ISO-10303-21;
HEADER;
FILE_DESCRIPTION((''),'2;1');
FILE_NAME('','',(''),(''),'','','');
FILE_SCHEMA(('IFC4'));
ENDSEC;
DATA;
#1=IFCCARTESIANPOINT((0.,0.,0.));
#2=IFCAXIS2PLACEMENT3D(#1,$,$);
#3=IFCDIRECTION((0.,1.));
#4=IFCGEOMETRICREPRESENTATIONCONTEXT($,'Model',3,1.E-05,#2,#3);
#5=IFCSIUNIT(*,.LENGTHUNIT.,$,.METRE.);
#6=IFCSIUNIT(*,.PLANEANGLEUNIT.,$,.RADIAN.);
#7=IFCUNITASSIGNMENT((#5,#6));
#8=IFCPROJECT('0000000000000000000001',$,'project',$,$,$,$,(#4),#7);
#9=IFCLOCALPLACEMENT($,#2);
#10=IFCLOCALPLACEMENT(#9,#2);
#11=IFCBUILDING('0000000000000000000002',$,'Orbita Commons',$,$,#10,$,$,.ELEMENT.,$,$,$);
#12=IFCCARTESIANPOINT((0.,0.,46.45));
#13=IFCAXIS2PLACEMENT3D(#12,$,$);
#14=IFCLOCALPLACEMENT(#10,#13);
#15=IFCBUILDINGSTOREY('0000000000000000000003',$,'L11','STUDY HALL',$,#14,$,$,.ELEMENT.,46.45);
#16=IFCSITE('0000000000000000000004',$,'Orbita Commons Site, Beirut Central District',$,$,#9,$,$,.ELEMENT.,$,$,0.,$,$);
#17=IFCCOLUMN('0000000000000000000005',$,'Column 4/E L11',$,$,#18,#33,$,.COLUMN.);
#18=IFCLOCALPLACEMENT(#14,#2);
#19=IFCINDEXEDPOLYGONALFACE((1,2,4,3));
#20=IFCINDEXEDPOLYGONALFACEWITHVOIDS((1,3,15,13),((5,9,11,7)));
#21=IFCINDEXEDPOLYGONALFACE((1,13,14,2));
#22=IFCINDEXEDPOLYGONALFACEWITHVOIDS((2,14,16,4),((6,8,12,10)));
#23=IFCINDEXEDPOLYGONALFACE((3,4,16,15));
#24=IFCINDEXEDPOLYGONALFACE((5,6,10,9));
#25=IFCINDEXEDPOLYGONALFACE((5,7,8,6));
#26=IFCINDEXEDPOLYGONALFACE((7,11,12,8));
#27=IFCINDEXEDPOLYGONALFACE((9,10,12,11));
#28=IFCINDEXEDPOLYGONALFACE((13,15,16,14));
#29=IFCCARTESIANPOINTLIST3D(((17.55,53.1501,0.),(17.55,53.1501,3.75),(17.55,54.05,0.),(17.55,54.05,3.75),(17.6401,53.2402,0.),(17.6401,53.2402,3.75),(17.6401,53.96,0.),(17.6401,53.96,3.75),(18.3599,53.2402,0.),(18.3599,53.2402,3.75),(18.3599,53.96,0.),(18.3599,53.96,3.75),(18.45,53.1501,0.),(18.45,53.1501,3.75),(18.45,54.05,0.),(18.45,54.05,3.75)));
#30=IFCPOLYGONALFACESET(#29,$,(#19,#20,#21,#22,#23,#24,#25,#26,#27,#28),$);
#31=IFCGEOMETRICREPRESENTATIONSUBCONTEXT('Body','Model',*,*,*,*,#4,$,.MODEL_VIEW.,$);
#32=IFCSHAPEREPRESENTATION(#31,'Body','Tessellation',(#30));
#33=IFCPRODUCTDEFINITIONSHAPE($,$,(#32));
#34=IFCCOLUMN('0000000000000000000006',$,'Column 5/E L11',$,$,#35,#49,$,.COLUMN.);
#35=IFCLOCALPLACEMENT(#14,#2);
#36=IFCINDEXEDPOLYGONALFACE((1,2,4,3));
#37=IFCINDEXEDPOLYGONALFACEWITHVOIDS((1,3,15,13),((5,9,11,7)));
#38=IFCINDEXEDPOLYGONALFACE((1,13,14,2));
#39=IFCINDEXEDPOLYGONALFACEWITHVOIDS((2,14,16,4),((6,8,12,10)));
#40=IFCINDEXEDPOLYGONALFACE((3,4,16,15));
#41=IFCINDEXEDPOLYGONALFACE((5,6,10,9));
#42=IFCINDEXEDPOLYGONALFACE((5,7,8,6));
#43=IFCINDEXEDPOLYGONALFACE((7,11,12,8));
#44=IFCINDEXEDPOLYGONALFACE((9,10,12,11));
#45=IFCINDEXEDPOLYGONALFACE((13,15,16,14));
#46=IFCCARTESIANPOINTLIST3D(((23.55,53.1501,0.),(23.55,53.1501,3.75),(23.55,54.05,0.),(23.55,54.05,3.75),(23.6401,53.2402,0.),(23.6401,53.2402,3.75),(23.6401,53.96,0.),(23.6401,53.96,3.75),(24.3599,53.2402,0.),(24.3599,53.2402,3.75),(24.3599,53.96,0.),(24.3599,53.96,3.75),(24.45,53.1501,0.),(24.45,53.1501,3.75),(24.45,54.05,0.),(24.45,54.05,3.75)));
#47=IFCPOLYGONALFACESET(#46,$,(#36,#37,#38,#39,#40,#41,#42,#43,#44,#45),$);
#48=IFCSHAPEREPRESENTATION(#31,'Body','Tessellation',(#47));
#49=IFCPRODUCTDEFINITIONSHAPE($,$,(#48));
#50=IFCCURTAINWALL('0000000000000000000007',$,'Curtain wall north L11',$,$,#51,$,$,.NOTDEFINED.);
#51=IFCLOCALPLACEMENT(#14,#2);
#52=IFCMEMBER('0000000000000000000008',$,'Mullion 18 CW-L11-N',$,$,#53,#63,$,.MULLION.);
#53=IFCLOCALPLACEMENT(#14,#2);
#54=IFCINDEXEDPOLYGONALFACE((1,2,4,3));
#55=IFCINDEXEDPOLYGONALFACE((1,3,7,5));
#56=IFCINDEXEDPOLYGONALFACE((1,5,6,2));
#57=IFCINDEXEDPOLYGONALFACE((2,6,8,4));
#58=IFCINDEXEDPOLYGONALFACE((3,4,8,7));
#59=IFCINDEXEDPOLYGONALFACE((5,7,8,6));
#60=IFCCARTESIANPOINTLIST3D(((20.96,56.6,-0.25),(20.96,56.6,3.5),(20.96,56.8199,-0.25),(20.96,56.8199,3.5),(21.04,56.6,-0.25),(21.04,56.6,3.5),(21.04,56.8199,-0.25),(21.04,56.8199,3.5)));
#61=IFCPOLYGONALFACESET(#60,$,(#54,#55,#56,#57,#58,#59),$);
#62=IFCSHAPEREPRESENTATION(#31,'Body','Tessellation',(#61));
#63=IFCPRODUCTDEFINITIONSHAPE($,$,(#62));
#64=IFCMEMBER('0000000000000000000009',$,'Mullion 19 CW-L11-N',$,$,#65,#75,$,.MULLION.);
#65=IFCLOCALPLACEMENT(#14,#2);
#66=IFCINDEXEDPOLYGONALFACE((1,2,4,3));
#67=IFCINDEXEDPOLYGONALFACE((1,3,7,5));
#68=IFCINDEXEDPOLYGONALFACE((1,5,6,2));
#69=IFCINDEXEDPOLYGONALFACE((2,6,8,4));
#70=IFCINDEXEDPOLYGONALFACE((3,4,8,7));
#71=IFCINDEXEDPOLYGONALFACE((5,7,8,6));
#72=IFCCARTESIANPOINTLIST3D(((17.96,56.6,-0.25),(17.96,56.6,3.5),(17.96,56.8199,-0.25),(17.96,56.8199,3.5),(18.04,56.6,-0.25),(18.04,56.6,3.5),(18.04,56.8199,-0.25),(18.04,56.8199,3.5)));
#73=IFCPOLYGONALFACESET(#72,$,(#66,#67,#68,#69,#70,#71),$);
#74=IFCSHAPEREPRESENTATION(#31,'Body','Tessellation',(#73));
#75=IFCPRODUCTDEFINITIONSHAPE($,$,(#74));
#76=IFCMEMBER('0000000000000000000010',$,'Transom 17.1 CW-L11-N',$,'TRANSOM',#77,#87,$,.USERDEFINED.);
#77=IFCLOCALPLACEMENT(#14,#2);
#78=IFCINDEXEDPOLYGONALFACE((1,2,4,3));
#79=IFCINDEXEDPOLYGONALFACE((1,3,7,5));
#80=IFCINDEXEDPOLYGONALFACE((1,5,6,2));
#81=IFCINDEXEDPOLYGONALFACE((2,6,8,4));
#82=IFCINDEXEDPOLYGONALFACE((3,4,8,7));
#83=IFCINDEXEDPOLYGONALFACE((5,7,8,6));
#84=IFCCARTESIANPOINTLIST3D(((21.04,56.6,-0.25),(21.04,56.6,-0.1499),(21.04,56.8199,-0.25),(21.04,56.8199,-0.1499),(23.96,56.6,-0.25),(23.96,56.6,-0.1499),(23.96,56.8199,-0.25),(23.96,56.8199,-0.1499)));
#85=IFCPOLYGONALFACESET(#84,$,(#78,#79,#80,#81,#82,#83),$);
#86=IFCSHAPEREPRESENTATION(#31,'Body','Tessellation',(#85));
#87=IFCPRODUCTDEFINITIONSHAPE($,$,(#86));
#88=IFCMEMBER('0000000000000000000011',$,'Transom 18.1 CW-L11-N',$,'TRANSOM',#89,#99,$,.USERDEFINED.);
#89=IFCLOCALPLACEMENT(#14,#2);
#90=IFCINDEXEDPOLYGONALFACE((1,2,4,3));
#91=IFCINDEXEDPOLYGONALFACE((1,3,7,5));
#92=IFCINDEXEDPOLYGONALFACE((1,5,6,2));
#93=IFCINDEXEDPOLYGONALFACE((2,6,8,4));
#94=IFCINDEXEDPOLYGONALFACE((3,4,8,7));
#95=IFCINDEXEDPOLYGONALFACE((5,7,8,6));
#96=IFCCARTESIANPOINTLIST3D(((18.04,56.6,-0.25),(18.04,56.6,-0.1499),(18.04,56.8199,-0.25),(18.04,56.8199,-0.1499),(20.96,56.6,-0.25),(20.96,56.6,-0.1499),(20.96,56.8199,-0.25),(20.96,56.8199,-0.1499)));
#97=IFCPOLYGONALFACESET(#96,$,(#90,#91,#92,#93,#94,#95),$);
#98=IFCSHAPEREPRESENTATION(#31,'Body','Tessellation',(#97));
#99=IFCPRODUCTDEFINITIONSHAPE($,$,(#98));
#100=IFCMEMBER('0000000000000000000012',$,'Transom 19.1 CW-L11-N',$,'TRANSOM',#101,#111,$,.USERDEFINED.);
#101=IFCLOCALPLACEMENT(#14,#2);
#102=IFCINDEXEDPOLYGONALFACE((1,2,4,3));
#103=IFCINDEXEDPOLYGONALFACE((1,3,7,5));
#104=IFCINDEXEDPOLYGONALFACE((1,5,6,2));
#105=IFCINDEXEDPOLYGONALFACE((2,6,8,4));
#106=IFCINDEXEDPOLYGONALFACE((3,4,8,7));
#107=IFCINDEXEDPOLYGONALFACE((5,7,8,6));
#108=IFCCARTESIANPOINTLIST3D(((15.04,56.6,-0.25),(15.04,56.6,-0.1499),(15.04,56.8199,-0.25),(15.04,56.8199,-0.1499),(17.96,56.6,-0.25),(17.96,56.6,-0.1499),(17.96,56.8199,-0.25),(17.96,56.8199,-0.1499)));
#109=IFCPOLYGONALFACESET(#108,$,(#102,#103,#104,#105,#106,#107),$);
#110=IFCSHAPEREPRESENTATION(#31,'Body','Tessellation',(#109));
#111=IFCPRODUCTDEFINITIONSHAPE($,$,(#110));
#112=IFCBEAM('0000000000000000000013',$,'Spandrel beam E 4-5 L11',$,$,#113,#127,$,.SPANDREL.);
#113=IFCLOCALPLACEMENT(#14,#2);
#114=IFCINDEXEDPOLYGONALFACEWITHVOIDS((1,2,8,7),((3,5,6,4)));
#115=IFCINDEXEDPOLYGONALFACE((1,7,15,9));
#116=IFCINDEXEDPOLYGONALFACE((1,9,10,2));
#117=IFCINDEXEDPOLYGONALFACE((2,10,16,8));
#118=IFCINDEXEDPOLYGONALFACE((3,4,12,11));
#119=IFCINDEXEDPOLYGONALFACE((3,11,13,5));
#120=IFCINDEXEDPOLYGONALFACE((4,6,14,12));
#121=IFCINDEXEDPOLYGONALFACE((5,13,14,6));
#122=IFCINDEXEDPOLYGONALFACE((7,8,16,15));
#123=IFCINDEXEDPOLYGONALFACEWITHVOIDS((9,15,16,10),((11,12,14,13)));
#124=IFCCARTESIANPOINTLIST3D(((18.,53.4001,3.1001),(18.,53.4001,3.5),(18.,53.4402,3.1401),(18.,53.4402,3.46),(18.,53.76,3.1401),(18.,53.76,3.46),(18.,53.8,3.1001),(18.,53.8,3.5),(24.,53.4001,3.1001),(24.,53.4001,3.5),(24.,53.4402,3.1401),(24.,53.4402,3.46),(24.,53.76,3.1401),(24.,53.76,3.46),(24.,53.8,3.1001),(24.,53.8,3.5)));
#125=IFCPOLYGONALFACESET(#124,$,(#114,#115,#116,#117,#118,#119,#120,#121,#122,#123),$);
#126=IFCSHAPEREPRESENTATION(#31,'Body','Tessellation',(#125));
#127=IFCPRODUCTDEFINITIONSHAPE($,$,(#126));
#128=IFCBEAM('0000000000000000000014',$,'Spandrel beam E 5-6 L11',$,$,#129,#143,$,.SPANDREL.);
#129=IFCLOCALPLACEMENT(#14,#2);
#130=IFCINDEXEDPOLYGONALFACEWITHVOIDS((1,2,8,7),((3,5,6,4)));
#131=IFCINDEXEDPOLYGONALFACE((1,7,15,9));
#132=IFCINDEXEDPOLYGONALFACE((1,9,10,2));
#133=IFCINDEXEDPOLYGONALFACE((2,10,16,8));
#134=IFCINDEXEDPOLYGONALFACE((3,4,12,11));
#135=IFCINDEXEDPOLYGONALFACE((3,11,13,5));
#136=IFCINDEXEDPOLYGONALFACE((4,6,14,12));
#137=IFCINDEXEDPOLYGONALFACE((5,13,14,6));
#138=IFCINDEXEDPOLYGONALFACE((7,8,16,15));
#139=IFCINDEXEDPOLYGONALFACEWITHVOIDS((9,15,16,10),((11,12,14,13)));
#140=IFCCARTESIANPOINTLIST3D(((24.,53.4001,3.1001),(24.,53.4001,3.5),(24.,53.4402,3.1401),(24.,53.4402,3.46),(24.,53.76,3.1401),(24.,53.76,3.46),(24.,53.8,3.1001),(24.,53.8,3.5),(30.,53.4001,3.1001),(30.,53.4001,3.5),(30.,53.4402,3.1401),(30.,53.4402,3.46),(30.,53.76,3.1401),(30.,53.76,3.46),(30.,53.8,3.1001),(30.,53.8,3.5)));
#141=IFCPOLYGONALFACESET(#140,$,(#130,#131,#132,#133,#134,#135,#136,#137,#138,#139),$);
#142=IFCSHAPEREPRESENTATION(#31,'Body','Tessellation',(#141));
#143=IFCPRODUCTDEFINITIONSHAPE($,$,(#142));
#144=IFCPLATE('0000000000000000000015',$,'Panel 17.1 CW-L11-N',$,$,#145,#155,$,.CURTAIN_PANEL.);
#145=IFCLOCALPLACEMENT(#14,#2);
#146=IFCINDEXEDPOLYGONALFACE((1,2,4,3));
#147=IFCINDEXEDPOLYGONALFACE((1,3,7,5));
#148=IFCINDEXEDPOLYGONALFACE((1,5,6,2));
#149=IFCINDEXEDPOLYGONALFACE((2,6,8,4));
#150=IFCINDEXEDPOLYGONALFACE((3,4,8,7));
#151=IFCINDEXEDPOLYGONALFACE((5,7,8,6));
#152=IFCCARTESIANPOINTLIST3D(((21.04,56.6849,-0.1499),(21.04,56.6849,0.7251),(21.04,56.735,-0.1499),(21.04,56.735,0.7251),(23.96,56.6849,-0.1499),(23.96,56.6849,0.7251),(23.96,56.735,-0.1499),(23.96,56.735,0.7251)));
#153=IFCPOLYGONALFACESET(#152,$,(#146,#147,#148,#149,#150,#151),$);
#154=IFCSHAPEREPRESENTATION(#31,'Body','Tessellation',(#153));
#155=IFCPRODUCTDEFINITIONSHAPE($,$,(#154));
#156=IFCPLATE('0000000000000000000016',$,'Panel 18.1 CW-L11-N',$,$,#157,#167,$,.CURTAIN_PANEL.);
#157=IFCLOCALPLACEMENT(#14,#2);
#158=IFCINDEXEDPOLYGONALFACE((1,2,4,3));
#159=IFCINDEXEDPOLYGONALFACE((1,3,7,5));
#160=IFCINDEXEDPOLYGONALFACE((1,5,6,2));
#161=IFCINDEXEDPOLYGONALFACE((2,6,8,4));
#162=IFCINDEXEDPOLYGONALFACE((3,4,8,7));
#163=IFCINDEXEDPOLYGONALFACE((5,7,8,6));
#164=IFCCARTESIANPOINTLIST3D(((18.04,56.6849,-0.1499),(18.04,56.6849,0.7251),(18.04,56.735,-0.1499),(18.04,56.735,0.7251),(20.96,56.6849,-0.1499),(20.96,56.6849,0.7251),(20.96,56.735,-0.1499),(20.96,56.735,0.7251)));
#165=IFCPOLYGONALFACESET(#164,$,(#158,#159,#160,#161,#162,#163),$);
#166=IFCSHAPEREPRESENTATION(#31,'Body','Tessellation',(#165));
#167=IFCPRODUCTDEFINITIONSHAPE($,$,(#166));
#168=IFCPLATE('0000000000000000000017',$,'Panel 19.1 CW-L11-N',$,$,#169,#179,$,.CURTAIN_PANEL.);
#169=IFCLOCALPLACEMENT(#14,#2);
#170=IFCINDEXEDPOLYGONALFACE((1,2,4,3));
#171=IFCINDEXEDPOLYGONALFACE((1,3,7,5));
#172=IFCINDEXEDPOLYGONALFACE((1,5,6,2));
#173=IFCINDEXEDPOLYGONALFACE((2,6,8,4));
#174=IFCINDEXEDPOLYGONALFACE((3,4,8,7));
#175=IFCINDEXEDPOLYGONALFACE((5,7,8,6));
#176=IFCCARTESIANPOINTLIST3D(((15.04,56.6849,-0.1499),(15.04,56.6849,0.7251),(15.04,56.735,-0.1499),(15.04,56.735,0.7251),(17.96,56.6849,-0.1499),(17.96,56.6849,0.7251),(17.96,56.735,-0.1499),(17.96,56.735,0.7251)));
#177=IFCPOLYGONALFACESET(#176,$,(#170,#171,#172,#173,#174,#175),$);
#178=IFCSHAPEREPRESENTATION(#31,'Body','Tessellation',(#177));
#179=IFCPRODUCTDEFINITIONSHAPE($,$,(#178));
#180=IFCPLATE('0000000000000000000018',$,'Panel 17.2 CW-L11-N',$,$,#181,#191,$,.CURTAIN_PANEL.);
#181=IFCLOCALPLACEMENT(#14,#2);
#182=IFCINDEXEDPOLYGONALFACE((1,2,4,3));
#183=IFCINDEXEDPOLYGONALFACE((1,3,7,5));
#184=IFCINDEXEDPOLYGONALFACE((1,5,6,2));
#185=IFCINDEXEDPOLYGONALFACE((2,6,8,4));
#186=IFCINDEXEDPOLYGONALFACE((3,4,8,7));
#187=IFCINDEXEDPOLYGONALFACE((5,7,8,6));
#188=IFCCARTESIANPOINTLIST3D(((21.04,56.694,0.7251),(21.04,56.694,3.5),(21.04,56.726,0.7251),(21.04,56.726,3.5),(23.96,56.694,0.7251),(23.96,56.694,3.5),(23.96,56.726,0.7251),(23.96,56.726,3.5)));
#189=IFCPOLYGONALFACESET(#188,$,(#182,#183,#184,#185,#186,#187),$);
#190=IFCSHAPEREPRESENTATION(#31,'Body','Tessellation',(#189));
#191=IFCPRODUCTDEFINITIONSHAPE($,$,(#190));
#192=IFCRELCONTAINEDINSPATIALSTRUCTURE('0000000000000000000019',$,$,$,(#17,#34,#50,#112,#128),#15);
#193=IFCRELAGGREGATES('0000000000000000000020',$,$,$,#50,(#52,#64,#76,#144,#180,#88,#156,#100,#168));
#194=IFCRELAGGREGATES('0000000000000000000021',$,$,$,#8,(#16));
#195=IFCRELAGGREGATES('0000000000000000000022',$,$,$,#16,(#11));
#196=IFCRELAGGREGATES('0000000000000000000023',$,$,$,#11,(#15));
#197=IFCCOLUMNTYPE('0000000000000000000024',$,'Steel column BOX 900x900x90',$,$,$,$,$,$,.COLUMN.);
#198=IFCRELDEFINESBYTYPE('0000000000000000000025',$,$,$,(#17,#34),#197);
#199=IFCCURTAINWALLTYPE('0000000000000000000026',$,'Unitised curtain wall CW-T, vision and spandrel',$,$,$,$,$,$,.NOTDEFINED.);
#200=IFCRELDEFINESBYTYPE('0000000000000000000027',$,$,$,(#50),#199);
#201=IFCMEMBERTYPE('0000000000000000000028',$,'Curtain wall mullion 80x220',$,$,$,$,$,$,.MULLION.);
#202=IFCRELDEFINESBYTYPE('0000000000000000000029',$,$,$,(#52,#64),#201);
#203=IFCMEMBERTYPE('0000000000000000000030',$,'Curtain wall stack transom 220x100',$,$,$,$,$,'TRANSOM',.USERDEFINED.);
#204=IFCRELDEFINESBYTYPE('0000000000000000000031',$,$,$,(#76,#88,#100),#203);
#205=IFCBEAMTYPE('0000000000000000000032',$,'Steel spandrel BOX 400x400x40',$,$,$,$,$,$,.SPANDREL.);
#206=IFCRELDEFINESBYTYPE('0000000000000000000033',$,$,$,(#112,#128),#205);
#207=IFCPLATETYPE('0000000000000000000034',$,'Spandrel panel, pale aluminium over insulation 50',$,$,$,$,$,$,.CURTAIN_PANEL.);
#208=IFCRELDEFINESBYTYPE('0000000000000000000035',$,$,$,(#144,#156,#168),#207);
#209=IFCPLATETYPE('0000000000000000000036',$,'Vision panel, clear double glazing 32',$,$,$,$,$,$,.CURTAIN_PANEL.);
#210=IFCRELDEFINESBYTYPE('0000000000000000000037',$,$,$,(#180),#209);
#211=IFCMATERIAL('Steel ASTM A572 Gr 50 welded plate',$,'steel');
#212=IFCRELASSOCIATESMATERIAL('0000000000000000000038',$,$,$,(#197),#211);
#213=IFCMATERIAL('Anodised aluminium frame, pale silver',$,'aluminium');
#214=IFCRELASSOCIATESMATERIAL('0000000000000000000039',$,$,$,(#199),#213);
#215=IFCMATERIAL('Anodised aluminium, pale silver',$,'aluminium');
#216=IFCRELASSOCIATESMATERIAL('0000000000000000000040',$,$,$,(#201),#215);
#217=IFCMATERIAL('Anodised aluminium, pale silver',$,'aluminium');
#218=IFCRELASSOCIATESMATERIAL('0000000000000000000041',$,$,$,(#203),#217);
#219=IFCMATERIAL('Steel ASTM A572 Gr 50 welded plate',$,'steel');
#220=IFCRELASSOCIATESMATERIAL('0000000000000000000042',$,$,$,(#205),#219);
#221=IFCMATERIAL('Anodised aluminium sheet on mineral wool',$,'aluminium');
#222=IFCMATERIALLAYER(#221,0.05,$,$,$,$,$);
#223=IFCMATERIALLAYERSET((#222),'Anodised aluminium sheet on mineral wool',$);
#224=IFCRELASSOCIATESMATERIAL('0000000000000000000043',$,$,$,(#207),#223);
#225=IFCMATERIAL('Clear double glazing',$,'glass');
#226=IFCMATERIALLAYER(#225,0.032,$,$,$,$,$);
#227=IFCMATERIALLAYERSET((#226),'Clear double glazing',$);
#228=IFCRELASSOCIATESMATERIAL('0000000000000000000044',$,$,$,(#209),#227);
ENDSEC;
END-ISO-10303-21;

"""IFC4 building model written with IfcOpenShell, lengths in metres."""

from ifc_helpers import new_model, si_unit, direction, frame, origin, origin_2d, place, context, subcontext, project, spatial, rectangle, hollow_rectangle, extrude, material, layer, layer_set, material_profile, profile_set, type_object, element, aggregate, save


model = new_model("IFC4")

# Units and contexts
model_context = context("Model", 3, precision=1e-05, world=origin(), true_north=direction((0.0, 1.0)))
body_context = subcontext(model_context, "Body", "Model", "MODEL_VIEW")
ifc_project = project(units=[si_unit("LENGTHUNIT", "METRE"), si_unit("PLANEANGLEUNIT", "RADIAN")], contexts=[model_context])

# Site, building, storey
site_placement = place(None, origin())
site = spatial("IfcSite", under=ifc_project, at=site_placement, Name="Orbita Commons Site, Beirut Central District", CompositionType="ELEMENT", RefElevation=0.0)
building_placement = place(site_placement, origin())
building = spatial("IfcBuilding", under=site, at=building_placement, Name="Orbita Commons", CompositionType="ELEMENT")
storey_placement = place(building_placement, frame((0.0, 0.0, 46.45)))
storey = spatial("IfcBuildingStorey", under=building, at=storey_placement, Name="L11", Description="STUDY HALL", CompositionType="ELEMENT", Elevation=46.45)

# Columns
ifc_material_1 = material(Name="Steel ASTM A572 Gr 50 welded plate", Category="steel")
ifc_material_profile_1 = material_profile(ifc_material_1, hollow_rectangle(XDim=0.8999, YDim=0.8999, WallThickness=0.0901, at=origin_2d()), Name="BOX 900x900x90")
ifc_profile_set_1 = profile_set([ifc_material_profile_1], Name="Steel ASTM A572 Gr 50 welded plate")
column_type = type_object("IfcColumnType", Name="Steel column BOX 900x900x90", PredefinedType="COLUMN", material=ifc_profile_set_1)
for number, where, z_axis, x_axis, name in (
    (1, (18.0, 53.6001, 0.0), (0.0, 0.0, 1.0), (1.0, 0.0, 0.0), "Column 4/E L11"),
    (2, (24.0, 53.6001, 0.0), (0.0, 0.0, 1.0), (1.0, 0.0, 0.0), "Column 5/E L11"),
):
    element("IfcColumn", number, at=place(storey_placement, frame(where, z_axis=z_axis, x_axis=x_axis)), inside=storey, type_object=column_type, Name=name, PredefinedType="COLUMN", context=body_context, shape_type="SweptSolid", body=[
        extrude(hollow_rectangle(XDim=0.8999, YDim=0.8999, WallThickness=0.0901, at=origin_2d()), origin(), (0.0, 0.0, 1.0), 3.75),
    ])

# Curtain wall, members
ifc_material_2 = material(Name="Anodised aluminium frame, pale silver", Category="aluminium")
curtain_wall_type = type_object("IfcCurtainWallType", Name="Unitised curtain wall CW-T, vision and spandrel", PredefinedType="NOTDEFINED", material=ifc_material_2)
curtain_wall_placement = place(storey_placement, origin())
curtain_wall = element("IfcCurtainWall", 3, at=curtain_wall_placement, inside=storey, type_object=curtain_wall_type, Name="Curtain wall north L11", PredefinedType="NOTDEFINED")
ifc_material_3 = material(Name="Anodised aluminium, pale silver", Category="aluminium")
ifc_material_profile_2 = material_profile(ifc_material_3, rectangle(XDim=0.0801, YDim=0.22, at=origin_2d()), Name="AL 80x220")
ifc_profile_set_2 = profile_set([ifc_material_profile_2], Name="Anodised aluminium, pale silver")
member_type_1 = type_object("IfcMemberType", Name="Curtain wall mullion 80x220", PredefinedType="MULLION", material=ifc_profile_set_2)
member_1_placement = place(storey_placement, frame((21.0, 56.71, -0.25), z_axis=(0.0, 0.0, 1.0), x_axis=(-1.0, 0.0, 0.0)))
member_1 = element("IfcMember", 4, at=member_1_placement, type_object=member_type_1, Name="Mullion 18 CW-L11-N", PredefinedType="MULLION", context=body_context, shape_type="SweptSolid", body=[
    extrude(rectangle(XDim=0.0801, YDim=0.22, at=origin_2d()), origin(), (0.0, 0.0, 1.0), 3.75),
])
member_2_placement = place(storey_placement, frame((18.0, 56.71, -0.25), z_axis=(0.0, 0.0, 1.0), x_axis=(-1.0, 0.0, 0.0)))
member_2 = element("IfcMember", 5, at=member_2_placement, type_object=member_type_1, Name="Mullion 19 CW-L11-N", PredefinedType="MULLION", context=body_context, shape_type="SweptSolid", body=[
    extrude(rectangle(XDim=0.0801, YDim=0.22, at=origin_2d()), origin(), (0.0, 0.0, 1.0), 3.75),
])
ifc_material_4 = material(Name="Anodised aluminium, pale silver", Category="aluminium")
ifc_material_profile_3 = material_profile(ifc_material_4, rectangle(XDim=0.22, YDim=0.1001, at=origin_2d()), Name="AL 220x100")
ifc_profile_set_3 = profile_set([ifc_material_profile_3], Name="Anodised aluminium, pale silver")
member_type_2 = type_object("IfcMemberType", Name="Curtain wall stack transom 220x100", ElementType="TRANSOM", PredefinedType="USERDEFINED", material=ifc_profile_set_3)
member_3_placement = place(storey_placement, frame((23.96, 56.71, -0.2), z_axis=(-1.0, 0.0, 0.0), x_axis=(0.0, -1.0, 0.0)))
member_3 = element("IfcMember", 6, at=member_3_placement, type_object=member_type_2, Name="Transom 17.1 CW-L11-N", ObjectType="TRANSOM", PredefinedType="USERDEFINED", context=body_context, shape_type="SweptSolid", body=[
    extrude(rectangle(XDim=0.22, YDim=0.1001, at=origin_2d()), origin(), (0.0, 0.0, 1.0), 2.9199),
])
member_4_placement = place(storey_placement, frame((20.96, 56.71, -0.2), z_axis=(-1.0, 0.0, 0.0), x_axis=(0.0, -1.0, 0.0)))
member_4 = element("IfcMember", 7, at=member_4_placement, type_object=member_type_2, Name="Transom 18.1 CW-L11-N", ObjectType="TRANSOM", PredefinedType="USERDEFINED", context=body_context, shape_type="SweptSolid", body=[
    extrude(rectangle(XDim=0.22, YDim=0.1001, at=origin_2d()), origin(), (0.0, 0.0, 1.0), 2.9199),
])
member_5_placement = place(storey_placement, frame((17.96, 56.71, -0.2), z_axis=(-1.0, 0.0, 0.0), x_axis=(0.0, -1.0, 0.0)))
member_5 = element("IfcMember", 8, at=member_5_placement, type_object=member_type_2, Name="Transom 19.1 CW-L11-N", ObjectType="TRANSOM", PredefinedType="USERDEFINED", context=body_context, shape_type="SweptSolid", body=[
    extrude(rectangle(XDim=0.22, YDim=0.1001, at=origin_2d()), origin(), (0.0, 0.0, 1.0), 2.9199),
])

# Beams
ifc_material_5 = material(Name="Steel ASTM A572 Gr 50 welded plate", Category="steel")
ifc_material_profile_4 = material_profile(ifc_material_5, hollow_rectangle(XDim=0.3999, YDim=0.3999, WallThickness=0.04, at=origin_2d()), Name="BOX 400x400x40")
ifc_profile_set_4 = profile_set([ifc_material_profile_4], Name="Steel ASTM A572 Gr 50 welded plate")
beam_type = type_object("IfcBeamType", Name="Steel spandrel BOX 400x400x40", PredefinedType="SPANDREL", material=ifc_profile_set_4)
for number, where, z_axis, x_axis, name in (
    (9, (18.0, 53.6001, 3.3), (1.0, 0.0, 0.0), (0.0, 1.0, 0.0), "Spandrel beam E 4-5 L11"),
    (10, (24.0, 53.6001, 3.3), (1.0, 0.0, 0.0), (0.0, 1.0, 0.0), "Spandrel beam E 5-6 L11"),
):
    element("IfcBeam", number, at=place(storey_placement, frame(where, z_axis=z_axis, x_axis=x_axis)), inside=storey, type_object=beam_type, Name=name, PredefinedType="SPANDREL", context=body_context, shape_type="SweptSolid", body=[
        extrude(hollow_rectangle(XDim=0.3999, YDim=0.3999, WallThickness=0.04, at=origin_2d()), origin(), (0.0, 0.0, 1.0), 6.0),
    ])

# Plates
ifc_material_6 = material(Name="Anodised aluminium sheet on mineral wool", Category="aluminium")
ifc_layer_1 = layer(ifc_material_6, 0.05)
ifc_layer_set_1 = layer_set([ifc_layer_1], Name="Anodised aluminium sheet on mineral wool")
plate_type_1 = type_object("IfcPlateType", Name="Spandrel panel, pale aluminium over insulation 50", PredefinedType="CURTAIN_PANEL", material=ifc_layer_set_1)
plate_1_placement = place(storey_placement, frame((22.5, 56.71, -0.1499), z_axis=(0.0, 0.0, 1.0), x_axis=(-1.0, 0.0, 0.0)))
plate_1 = element("IfcPlate", 11, at=plate_1_placement, type_object=plate_type_1, Name="Panel 17.1 CW-L11-N", PredefinedType="CURTAIN_PANEL", context=body_context, shape_type="SweptSolid", body=[
    extrude(rectangle(XDim=2.9199, YDim=0.05, at=origin_2d()), origin(), (0.0, 0.0, 1.0), 0.875),
])
plate_2_placement = place(storey_placement, frame((19.5, 56.71, -0.1499), z_axis=(0.0, 0.0, 1.0), x_axis=(-1.0, 0.0, 0.0)))
plate_2 = element("IfcPlate", 12, at=plate_2_placement, type_object=plate_type_1, Name="Panel 18.1 CW-L11-N", PredefinedType="CURTAIN_PANEL", context=body_context, shape_type="SweptSolid", body=[
    extrude(rectangle(XDim=2.9199, YDim=0.05, at=origin_2d()), origin(), (0.0, 0.0, 1.0), 0.875),
])
plate_3_placement = place(storey_placement, frame((16.5, 56.71, -0.1499), z_axis=(0.0, 0.0, 1.0), x_axis=(-1.0, 0.0, 0.0)))
plate_3 = element("IfcPlate", 13, at=plate_3_placement, type_object=plate_type_1, Name="Panel 19.1 CW-L11-N", PredefinedType="CURTAIN_PANEL", context=body_context, shape_type="SweptSolid", body=[
    extrude(rectangle(XDim=2.9199, YDim=0.05, at=origin_2d()), origin(), (0.0, 0.0, 1.0), 0.875),
])
ifc_material_7 = material(Name="Clear double glazing", Category="glass")
ifc_layer_2 = layer(ifc_material_7, 0.032)
ifc_layer_set_2 = layer_set([ifc_layer_2], Name="Clear double glazing")
plate_type_2 = type_object("IfcPlateType", Name="Vision panel, clear double glazing 32", PredefinedType="CURTAIN_PANEL", material=ifc_layer_set_2)
plate_4_placement = place(storey_placement, frame((22.5, 56.71, 0.7251), z_axis=(0.0, 0.0, 1.0), x_axis=(-1.0, 0.0, 0.0)))
plate_4 = element("IfcPlate", 14, at=plate_4_placement, type_object=plate_type_2, Name="Panel 17.2 CW-L11-N", PredefinedType="CURTAIN_PANEL", context=body_context, shape_type="SweptSolid", body=[
    extrude(rectangle(XDim=2.9199, YDim=0.032, at=origin_2d()), origin(), (0.0, 0.0, 1.0), 2.7749),
])
aggregate(curtain_wall, [member_1, member_2, member_3, plate_1, plate_4, member_4, plate_2, member_5, plate_3])

save(model, "model.ifc")
